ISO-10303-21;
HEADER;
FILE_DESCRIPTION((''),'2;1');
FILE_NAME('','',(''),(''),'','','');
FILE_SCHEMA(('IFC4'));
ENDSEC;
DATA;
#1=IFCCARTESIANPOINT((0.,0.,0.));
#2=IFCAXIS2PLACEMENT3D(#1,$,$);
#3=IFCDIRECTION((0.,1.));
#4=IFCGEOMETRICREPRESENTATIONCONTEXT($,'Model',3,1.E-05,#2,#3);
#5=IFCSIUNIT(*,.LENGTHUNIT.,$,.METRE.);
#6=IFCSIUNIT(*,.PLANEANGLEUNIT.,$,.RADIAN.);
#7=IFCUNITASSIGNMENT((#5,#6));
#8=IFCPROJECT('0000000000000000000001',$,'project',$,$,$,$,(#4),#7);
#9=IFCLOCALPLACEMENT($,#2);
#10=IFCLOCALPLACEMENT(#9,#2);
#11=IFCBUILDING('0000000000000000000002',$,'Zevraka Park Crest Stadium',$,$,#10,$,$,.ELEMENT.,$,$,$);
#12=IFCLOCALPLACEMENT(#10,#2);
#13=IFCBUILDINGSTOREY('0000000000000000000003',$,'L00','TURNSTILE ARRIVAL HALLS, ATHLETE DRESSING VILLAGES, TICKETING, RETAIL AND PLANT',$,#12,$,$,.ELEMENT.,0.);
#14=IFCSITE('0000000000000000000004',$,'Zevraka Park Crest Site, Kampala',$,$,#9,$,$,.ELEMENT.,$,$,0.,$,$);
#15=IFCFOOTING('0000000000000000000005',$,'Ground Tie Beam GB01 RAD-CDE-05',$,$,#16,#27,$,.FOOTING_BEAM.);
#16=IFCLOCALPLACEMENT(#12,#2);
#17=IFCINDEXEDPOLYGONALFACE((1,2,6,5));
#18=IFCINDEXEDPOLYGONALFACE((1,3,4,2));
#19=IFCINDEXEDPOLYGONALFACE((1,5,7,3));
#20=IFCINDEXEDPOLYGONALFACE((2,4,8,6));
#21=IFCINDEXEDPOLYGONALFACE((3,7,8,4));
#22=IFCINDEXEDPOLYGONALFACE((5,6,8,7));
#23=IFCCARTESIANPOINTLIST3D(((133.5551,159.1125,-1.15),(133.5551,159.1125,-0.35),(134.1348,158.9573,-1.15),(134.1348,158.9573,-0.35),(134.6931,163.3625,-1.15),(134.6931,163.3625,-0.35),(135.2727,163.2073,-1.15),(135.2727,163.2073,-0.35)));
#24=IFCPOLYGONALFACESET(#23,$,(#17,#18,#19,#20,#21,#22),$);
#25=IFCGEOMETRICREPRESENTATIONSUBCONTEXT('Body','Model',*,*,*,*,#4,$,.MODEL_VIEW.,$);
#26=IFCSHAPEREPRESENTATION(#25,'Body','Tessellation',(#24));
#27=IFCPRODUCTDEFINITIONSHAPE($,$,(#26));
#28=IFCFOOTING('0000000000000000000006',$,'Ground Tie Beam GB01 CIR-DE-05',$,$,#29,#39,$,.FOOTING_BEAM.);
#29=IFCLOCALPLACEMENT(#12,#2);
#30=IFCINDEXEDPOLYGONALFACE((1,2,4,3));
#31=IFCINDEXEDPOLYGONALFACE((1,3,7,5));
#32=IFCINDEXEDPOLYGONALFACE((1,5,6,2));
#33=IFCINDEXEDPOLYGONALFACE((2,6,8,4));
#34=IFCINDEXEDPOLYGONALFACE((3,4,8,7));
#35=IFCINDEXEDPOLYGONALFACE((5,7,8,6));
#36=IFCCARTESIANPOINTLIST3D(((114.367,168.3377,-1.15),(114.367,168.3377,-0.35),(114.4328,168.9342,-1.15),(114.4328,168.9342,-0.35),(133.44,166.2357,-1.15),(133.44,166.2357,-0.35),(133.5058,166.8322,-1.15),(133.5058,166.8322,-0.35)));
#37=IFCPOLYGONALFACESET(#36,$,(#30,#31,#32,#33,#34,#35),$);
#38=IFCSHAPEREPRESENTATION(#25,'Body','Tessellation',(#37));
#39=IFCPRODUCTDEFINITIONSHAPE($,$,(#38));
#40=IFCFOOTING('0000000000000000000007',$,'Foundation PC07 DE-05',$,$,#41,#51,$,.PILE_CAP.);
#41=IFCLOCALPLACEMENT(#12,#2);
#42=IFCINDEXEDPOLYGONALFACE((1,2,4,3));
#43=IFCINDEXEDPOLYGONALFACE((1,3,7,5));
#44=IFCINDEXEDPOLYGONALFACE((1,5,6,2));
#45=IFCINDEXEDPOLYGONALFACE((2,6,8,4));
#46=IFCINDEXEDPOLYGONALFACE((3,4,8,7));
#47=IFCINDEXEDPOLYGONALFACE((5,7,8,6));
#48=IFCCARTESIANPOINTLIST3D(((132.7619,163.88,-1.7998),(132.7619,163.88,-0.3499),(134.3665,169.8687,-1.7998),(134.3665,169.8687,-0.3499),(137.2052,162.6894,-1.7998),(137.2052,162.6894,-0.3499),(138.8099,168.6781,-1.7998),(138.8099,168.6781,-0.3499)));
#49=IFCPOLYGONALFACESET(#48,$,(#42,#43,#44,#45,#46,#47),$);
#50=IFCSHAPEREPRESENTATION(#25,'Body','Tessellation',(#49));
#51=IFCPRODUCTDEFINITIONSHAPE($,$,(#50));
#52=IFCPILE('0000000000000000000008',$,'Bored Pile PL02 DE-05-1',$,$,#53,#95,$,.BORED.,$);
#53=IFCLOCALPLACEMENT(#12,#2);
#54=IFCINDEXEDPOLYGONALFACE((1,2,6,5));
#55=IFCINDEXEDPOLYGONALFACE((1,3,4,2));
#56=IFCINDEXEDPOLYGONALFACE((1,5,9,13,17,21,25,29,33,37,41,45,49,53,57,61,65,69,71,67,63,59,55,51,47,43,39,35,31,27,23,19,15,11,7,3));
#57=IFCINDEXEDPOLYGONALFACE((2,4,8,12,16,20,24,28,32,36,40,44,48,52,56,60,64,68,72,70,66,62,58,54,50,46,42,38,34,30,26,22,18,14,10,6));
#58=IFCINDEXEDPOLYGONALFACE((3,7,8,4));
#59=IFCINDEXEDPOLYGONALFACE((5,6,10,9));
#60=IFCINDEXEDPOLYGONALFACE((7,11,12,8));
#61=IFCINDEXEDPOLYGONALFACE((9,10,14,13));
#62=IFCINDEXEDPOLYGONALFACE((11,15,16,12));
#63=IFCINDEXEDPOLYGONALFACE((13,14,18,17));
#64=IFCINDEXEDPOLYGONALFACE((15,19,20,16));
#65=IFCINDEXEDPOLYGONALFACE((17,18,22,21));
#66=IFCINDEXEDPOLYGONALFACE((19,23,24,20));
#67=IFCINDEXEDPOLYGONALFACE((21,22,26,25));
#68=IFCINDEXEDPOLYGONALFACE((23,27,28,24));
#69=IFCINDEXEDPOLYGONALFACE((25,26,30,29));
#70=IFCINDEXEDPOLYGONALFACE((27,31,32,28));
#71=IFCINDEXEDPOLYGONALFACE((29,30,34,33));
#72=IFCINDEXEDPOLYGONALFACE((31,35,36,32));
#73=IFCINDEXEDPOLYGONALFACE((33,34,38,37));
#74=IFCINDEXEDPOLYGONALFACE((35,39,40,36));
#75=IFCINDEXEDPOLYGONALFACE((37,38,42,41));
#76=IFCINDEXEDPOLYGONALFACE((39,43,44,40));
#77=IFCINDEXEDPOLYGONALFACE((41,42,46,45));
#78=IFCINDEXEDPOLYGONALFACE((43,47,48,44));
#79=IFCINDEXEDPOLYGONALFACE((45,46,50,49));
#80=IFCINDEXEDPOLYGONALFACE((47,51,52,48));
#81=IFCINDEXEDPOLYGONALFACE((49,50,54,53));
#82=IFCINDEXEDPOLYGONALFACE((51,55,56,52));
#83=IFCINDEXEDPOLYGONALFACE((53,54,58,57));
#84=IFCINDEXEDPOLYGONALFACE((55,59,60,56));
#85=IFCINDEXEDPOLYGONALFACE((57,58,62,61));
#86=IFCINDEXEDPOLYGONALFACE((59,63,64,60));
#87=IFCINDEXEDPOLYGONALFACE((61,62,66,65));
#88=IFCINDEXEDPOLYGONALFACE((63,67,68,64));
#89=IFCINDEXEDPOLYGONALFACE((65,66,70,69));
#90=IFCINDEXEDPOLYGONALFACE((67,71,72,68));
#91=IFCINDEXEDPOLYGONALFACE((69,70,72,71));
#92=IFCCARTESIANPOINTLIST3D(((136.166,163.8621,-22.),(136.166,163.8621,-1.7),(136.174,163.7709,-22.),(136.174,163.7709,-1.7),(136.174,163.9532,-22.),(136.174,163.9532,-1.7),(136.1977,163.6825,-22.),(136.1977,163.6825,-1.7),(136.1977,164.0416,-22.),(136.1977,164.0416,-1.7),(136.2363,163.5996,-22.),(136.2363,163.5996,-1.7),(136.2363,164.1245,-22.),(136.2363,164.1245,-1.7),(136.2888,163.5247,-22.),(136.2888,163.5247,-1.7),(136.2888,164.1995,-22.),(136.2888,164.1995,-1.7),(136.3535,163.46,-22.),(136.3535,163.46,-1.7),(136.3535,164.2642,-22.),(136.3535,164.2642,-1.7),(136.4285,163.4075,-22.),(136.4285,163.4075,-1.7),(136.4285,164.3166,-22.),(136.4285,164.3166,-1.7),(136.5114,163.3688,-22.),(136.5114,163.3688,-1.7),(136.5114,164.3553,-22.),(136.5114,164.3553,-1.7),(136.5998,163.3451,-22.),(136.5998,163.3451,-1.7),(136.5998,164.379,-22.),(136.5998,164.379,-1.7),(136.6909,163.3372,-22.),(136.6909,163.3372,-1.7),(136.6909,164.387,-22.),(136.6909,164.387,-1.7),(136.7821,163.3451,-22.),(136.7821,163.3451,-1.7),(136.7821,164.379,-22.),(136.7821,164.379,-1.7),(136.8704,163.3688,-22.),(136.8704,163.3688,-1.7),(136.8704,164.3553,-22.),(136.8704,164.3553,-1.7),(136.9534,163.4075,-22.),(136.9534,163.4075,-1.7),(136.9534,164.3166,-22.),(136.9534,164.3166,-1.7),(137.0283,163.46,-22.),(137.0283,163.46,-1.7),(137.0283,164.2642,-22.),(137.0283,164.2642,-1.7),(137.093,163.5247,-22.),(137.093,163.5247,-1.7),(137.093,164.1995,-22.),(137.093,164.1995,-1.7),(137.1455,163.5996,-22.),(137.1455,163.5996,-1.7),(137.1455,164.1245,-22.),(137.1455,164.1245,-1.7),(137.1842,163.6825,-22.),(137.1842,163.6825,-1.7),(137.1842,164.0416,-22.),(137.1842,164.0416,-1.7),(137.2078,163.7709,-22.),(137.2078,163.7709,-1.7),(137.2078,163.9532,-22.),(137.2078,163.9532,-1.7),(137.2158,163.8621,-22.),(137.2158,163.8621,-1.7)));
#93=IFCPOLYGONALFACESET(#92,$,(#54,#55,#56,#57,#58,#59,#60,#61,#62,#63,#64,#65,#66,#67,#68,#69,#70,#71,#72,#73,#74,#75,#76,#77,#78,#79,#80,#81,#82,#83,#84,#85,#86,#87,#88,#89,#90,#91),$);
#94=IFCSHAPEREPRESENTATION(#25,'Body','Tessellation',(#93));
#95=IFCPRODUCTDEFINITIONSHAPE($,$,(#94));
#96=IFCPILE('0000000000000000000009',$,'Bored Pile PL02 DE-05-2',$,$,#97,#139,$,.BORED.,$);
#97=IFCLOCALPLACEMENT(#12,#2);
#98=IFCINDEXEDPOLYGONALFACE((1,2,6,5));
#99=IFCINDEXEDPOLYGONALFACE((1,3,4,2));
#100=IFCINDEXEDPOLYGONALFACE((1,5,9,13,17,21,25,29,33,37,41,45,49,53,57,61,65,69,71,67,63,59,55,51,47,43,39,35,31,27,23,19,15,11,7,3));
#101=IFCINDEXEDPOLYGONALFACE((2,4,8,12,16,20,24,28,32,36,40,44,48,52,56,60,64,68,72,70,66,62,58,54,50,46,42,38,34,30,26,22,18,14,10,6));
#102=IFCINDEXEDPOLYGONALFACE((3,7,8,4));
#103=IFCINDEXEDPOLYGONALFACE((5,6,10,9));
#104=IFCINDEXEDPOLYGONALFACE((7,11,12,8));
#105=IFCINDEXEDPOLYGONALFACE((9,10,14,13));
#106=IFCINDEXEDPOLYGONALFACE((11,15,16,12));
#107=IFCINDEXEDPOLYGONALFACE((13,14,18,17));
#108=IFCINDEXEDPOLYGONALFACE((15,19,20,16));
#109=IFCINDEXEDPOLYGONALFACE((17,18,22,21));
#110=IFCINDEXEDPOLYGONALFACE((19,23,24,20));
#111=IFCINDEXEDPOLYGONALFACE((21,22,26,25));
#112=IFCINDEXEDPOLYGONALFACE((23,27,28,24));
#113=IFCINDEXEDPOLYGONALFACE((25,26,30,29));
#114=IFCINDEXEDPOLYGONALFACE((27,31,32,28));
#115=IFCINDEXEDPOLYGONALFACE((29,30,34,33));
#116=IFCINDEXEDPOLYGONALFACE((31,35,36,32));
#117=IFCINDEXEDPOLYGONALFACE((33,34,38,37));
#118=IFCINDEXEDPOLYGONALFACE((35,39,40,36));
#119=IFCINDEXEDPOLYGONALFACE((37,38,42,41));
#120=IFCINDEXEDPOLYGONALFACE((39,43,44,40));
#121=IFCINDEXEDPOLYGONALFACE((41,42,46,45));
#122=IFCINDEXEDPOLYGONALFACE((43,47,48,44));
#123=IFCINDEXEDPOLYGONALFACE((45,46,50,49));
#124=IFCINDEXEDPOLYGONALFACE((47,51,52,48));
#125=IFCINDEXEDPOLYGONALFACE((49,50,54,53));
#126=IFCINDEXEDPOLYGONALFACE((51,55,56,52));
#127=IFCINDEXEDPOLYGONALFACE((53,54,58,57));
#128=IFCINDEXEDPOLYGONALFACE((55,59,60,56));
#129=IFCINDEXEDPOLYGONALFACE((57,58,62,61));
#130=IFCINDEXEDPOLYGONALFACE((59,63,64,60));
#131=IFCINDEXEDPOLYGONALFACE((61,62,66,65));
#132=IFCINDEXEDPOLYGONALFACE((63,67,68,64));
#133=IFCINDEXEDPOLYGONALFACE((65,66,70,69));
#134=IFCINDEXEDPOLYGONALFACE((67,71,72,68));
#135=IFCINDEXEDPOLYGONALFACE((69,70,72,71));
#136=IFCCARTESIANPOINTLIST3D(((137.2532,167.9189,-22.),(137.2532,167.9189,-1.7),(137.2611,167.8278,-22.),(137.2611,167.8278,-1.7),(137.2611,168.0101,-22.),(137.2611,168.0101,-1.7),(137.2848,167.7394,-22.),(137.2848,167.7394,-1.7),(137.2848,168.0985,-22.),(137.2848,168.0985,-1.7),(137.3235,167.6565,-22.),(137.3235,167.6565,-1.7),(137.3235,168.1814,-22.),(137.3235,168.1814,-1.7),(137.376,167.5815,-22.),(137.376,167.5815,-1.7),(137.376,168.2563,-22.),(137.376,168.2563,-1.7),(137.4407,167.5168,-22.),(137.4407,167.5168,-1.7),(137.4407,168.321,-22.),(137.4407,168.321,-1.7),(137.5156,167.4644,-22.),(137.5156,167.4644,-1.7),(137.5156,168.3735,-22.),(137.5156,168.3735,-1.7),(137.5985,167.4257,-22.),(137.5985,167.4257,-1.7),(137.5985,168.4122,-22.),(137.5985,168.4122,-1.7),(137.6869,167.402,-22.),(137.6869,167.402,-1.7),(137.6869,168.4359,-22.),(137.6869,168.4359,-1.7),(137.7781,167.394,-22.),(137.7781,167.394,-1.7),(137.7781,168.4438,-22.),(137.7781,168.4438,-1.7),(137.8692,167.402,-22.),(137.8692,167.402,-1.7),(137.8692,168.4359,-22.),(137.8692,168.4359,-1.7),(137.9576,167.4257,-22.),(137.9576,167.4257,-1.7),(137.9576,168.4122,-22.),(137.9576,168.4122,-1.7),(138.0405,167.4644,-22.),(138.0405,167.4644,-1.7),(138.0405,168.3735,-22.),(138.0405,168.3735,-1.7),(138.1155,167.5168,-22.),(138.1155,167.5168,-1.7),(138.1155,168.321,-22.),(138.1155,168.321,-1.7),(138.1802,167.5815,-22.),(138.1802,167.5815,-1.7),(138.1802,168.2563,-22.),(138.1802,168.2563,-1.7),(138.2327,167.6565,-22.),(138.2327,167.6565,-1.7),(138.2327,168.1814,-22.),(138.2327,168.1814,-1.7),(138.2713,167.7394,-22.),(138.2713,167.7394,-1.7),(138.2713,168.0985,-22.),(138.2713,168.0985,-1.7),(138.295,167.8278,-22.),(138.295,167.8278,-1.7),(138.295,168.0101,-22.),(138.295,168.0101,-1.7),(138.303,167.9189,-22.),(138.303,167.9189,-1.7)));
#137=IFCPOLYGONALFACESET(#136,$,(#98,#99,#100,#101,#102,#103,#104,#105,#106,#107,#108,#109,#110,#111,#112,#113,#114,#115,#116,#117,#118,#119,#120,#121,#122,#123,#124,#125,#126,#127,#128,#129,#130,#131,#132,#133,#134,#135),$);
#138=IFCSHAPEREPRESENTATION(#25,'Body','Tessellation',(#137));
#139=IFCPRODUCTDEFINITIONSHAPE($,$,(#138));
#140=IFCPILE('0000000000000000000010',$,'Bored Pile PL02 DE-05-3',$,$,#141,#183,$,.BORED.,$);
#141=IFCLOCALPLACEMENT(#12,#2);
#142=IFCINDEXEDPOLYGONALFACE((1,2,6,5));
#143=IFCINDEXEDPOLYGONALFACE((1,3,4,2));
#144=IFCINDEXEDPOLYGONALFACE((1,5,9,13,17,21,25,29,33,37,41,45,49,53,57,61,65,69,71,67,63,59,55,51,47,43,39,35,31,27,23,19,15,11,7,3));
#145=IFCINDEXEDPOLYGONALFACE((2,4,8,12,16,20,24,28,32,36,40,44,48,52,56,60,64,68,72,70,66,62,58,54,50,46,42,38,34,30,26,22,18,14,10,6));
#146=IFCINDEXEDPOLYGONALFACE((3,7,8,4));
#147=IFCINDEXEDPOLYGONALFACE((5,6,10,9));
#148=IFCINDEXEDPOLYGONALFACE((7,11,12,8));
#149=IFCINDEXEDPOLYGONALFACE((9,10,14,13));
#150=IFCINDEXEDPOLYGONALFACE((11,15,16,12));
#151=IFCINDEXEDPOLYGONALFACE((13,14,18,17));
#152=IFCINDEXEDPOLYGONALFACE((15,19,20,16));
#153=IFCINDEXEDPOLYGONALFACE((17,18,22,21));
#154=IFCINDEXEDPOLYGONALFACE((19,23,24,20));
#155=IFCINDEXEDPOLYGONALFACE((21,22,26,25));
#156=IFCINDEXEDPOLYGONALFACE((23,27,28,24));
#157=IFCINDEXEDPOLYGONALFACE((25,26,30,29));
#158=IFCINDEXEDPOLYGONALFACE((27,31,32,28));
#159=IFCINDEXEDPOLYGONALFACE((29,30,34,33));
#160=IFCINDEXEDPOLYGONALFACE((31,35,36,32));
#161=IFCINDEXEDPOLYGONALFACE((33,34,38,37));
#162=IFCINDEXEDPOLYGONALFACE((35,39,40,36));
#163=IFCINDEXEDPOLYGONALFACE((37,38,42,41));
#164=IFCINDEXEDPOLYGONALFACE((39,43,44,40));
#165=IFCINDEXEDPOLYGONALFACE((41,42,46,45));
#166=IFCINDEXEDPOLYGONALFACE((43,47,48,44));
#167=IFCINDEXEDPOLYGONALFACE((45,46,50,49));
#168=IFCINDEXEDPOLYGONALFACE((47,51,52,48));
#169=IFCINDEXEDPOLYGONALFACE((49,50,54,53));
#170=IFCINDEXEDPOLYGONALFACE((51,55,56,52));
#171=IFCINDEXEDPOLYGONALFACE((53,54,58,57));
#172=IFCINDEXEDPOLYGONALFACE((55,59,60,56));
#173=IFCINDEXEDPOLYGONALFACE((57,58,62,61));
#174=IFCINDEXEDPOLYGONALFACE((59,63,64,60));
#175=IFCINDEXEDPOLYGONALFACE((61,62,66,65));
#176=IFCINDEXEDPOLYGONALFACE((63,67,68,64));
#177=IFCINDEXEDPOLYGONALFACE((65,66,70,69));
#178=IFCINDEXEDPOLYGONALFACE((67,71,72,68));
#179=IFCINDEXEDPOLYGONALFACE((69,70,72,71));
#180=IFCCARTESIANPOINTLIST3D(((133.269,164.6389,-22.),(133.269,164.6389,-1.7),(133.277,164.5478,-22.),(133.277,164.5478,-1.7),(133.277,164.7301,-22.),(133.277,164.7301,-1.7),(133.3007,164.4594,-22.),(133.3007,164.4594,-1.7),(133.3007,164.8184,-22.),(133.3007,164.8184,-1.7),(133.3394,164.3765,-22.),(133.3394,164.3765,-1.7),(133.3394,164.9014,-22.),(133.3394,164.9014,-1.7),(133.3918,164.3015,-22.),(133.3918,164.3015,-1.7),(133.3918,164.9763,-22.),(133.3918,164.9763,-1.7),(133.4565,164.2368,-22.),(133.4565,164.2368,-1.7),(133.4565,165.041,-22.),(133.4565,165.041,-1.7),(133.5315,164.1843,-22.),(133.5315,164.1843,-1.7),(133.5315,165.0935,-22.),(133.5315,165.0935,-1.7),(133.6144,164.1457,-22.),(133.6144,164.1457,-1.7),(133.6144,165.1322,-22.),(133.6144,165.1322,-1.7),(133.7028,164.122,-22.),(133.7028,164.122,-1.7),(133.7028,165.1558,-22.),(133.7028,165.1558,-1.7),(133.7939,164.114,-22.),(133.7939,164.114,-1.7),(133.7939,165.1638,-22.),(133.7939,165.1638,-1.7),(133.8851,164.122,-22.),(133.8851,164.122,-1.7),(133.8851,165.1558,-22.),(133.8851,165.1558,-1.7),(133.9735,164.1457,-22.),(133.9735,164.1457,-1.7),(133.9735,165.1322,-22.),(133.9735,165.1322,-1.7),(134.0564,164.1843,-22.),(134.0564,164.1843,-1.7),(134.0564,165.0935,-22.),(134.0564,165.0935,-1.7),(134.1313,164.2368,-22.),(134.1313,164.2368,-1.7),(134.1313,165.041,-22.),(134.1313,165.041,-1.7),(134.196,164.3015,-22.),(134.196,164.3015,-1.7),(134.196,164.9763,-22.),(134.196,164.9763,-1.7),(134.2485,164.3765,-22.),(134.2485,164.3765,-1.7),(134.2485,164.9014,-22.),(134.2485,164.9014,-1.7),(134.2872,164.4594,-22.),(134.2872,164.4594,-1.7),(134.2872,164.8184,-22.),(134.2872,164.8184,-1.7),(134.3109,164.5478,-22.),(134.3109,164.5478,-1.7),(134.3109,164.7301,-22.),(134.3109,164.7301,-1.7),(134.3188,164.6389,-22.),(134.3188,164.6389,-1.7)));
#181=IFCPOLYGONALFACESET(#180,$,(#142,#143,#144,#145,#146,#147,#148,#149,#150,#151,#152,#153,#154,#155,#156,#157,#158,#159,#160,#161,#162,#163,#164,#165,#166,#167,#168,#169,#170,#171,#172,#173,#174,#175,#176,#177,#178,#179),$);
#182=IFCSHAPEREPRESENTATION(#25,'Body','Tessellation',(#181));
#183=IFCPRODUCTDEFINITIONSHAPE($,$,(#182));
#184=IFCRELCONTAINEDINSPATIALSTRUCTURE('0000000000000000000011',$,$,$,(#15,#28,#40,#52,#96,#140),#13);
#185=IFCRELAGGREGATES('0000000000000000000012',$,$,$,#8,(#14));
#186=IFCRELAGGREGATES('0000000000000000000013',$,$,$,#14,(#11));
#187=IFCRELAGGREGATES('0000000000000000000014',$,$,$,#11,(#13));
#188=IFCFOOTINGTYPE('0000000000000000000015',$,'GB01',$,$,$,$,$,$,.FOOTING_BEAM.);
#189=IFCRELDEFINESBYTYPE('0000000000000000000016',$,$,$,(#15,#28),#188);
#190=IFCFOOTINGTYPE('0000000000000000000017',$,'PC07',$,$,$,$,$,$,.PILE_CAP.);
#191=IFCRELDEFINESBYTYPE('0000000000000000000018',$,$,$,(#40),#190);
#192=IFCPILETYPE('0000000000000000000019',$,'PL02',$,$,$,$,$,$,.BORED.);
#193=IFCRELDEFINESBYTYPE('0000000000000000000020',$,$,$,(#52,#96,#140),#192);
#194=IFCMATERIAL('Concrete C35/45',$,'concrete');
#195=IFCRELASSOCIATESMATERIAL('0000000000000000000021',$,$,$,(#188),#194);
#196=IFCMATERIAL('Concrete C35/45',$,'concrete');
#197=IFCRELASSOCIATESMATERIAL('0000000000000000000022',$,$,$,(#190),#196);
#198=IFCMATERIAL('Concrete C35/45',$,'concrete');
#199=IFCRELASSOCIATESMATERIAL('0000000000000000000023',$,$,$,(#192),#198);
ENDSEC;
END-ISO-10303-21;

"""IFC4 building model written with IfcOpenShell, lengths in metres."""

from ifc_helpers import new_model, si_unit, direction, frame, origin, origin_2d, place, context, subcontext, project, spatial, rectangle, circle, extrude, material, material_profile, profile_set, type_object, element, save


model = new_model("IFC4")

# Units and contexts
model_context = context("Model", 3, precision=1e-05, world=origin(), true_north=direction((0.0, 1.0)))
body_context = subcontext(model_context, "Body", "Model", "MODEL_VIEW")
ifc_project = project(units=[si_unit("LENGTHUNIT", "METRE"), si_unit("PLANEANGLEUNIT", "RADIAN")], contexts=[model_context])

# Site, building, storey
site_placement = place(None, origin())
site = spatial("IfcSite", under=ifc_project, at=site_placement, Name="Zevraka Park Crest Site, Kampala", CompositionType="ELEMENT", RefElevation=0.0)
building_placement = place(site_placement, origin())
building = spatial("IfcBuilding", under=site, at=building_placement, Name="Zevraka Park Crest Stadium", CompositionType="ELEMENT")
storey_placement = place(building_placement, origin())
storey = spatial("IfcBuildingStorey", under=building, at=storey_placement, Name="L00", Description="TURNSTILE ARRIVAL HALLS, ATHLETE DRESSING VILLAGES, TICKETING, RETAIL AND PLANT", CompositionType="ELEMENT", Elevation=0.0)

# Footings
ifc_material_1 = material(Name="Concrete C35/45", Category="concrete")
ifc_material_profile_1 = material_profile(ifc_material_1, rectangle(XDim=0.6001, YDim=0.8, at=origin_2d()), Name="GB 800x600")
ifc_profile_set_1 = profile_set([ifc_material_profile_1], Name="Concrete C35/45")
footing_type_1 = type_object("IfcFootingType", Name="GB01", PredefinedType="FOOTING_BEAM", material=ifc_profile_set_1)
footing_1_placement = place(storey_placement, frame((133.845, 159.0349, -0.75), z_axis=(0.25864, 0.965974, 0.0), x_axis=(-0.965974, 0.25864, 0.0)))
element("IfcFooting", 1, at=footing_1_placement, inside=storey, type_object=footing_type_1, Name="Ground Tie Beam GB01 RAD-CDE-05", PredefinedType="FOOTING_BEAM", context=body_context, shape_type="SweptSolid", body=[
    extrude(rectangle(XDim=0.6001, YDim=0.8, at=origin_2d()), origin(), (0.0, 0.0, 1.0), 4.3997),
])
footing_2_placement = place(storey_placement, frame((133.4729, 166.5339, -0.75), z_axis=(-0.993982, 0.109548, 0.0), x_axis=(-0.109548, -0.993982, 0.0)))
element("IfcFooting", 2, at=footing_2_placement, inside=storey, type_object=footing_type_1, Name="Ground Tie Beam GB01 CIR-DE-05", PredefinedType="FOOTING_BEAM", context=body_context, shape_type="SweptSolid", body=[
    extrude(rectangle(XDim=0.6001, YDim=0.8, at=origin_2d()), origin(), (0.0, 0.0, 1.0), 19.1885),
])
ifc_material_2 = material(Name="Concrete C35/45", Category="concrete")
footing_type_2 = type_object("IfcFootingType", Name="PC07", PredefinedType="PILE_CAP", material=ifc_material_2)
footing_3_placement = place(storey_placement, frame((135.7859, 166.2791, -1.7998), z_axis=(0.0, 0.0, 1.0), x_axis=(0.258819, 0.965926, 0.0)))
element("IfcFooting", 3, at=footing_3_placement, inside=storey, type_object=footing_type_2, Name="Foundation PC07 DE-05", PredefinedType="PILE_CAP", context=body_context, shape_type="SweptSolid", body=[
    extrude(rectangle(XDim=6.2, YDim=4.6001, at=origin_2d()), origin(), (0.0, 0.0, 1.0), 1.45),
])

# Piles
ifc_material_3 = material(Name="Concrete C35/45", Category="concrete")
ifc_material_profile_2 = material_profile(ifc_material_3, circle(Radius=0.5249, at=origin_2d()), Name="PILE D1050")
ifc_profile_set_2 = profile_set([ifc_material_profile_2], Name="Concrete C35/45")
pile_type = type_object("IfcPileType", Name="PL02", PredefinedType="BORED", material=ifc_profile_set_2)
for number, where, z_axis, x_axis, name in (
    (4, (136.6909, 163.8621, -1.7), (0.0, 0.0, -1.0), (1.0, 0.0, 0.0), "Bored Pile PL02 DE-05-1"),
    (5, (137.7781, 167.9189, -1.7), (0.0, 0.0, -1.0), (1.0, 0.0, 0.0), "Bored Pile PL02 DE-05-2"),
    (6, (133.7939, 164.6389, -1.7), (0.0, 0.0, -1.0), (1.0, 0.0, 0.0), "Bored Pile PL02 DE-05-3"),
):
    element("IfcPile", number, at=place(storey_placement, frame(where, z_axis=z_axis, x_axis=x_axis)), inside=storey, type_object=pile_type, Name=name, PredefinedType="BORED", context=body_context, shape_type="SweptSolid", body=[
        extrude(circle(Radius=0.5249, at=origin_2d()), origin(), (0.0, 0.0, 1.0), 20.3),
    ])

save(model, "model.ifc")
